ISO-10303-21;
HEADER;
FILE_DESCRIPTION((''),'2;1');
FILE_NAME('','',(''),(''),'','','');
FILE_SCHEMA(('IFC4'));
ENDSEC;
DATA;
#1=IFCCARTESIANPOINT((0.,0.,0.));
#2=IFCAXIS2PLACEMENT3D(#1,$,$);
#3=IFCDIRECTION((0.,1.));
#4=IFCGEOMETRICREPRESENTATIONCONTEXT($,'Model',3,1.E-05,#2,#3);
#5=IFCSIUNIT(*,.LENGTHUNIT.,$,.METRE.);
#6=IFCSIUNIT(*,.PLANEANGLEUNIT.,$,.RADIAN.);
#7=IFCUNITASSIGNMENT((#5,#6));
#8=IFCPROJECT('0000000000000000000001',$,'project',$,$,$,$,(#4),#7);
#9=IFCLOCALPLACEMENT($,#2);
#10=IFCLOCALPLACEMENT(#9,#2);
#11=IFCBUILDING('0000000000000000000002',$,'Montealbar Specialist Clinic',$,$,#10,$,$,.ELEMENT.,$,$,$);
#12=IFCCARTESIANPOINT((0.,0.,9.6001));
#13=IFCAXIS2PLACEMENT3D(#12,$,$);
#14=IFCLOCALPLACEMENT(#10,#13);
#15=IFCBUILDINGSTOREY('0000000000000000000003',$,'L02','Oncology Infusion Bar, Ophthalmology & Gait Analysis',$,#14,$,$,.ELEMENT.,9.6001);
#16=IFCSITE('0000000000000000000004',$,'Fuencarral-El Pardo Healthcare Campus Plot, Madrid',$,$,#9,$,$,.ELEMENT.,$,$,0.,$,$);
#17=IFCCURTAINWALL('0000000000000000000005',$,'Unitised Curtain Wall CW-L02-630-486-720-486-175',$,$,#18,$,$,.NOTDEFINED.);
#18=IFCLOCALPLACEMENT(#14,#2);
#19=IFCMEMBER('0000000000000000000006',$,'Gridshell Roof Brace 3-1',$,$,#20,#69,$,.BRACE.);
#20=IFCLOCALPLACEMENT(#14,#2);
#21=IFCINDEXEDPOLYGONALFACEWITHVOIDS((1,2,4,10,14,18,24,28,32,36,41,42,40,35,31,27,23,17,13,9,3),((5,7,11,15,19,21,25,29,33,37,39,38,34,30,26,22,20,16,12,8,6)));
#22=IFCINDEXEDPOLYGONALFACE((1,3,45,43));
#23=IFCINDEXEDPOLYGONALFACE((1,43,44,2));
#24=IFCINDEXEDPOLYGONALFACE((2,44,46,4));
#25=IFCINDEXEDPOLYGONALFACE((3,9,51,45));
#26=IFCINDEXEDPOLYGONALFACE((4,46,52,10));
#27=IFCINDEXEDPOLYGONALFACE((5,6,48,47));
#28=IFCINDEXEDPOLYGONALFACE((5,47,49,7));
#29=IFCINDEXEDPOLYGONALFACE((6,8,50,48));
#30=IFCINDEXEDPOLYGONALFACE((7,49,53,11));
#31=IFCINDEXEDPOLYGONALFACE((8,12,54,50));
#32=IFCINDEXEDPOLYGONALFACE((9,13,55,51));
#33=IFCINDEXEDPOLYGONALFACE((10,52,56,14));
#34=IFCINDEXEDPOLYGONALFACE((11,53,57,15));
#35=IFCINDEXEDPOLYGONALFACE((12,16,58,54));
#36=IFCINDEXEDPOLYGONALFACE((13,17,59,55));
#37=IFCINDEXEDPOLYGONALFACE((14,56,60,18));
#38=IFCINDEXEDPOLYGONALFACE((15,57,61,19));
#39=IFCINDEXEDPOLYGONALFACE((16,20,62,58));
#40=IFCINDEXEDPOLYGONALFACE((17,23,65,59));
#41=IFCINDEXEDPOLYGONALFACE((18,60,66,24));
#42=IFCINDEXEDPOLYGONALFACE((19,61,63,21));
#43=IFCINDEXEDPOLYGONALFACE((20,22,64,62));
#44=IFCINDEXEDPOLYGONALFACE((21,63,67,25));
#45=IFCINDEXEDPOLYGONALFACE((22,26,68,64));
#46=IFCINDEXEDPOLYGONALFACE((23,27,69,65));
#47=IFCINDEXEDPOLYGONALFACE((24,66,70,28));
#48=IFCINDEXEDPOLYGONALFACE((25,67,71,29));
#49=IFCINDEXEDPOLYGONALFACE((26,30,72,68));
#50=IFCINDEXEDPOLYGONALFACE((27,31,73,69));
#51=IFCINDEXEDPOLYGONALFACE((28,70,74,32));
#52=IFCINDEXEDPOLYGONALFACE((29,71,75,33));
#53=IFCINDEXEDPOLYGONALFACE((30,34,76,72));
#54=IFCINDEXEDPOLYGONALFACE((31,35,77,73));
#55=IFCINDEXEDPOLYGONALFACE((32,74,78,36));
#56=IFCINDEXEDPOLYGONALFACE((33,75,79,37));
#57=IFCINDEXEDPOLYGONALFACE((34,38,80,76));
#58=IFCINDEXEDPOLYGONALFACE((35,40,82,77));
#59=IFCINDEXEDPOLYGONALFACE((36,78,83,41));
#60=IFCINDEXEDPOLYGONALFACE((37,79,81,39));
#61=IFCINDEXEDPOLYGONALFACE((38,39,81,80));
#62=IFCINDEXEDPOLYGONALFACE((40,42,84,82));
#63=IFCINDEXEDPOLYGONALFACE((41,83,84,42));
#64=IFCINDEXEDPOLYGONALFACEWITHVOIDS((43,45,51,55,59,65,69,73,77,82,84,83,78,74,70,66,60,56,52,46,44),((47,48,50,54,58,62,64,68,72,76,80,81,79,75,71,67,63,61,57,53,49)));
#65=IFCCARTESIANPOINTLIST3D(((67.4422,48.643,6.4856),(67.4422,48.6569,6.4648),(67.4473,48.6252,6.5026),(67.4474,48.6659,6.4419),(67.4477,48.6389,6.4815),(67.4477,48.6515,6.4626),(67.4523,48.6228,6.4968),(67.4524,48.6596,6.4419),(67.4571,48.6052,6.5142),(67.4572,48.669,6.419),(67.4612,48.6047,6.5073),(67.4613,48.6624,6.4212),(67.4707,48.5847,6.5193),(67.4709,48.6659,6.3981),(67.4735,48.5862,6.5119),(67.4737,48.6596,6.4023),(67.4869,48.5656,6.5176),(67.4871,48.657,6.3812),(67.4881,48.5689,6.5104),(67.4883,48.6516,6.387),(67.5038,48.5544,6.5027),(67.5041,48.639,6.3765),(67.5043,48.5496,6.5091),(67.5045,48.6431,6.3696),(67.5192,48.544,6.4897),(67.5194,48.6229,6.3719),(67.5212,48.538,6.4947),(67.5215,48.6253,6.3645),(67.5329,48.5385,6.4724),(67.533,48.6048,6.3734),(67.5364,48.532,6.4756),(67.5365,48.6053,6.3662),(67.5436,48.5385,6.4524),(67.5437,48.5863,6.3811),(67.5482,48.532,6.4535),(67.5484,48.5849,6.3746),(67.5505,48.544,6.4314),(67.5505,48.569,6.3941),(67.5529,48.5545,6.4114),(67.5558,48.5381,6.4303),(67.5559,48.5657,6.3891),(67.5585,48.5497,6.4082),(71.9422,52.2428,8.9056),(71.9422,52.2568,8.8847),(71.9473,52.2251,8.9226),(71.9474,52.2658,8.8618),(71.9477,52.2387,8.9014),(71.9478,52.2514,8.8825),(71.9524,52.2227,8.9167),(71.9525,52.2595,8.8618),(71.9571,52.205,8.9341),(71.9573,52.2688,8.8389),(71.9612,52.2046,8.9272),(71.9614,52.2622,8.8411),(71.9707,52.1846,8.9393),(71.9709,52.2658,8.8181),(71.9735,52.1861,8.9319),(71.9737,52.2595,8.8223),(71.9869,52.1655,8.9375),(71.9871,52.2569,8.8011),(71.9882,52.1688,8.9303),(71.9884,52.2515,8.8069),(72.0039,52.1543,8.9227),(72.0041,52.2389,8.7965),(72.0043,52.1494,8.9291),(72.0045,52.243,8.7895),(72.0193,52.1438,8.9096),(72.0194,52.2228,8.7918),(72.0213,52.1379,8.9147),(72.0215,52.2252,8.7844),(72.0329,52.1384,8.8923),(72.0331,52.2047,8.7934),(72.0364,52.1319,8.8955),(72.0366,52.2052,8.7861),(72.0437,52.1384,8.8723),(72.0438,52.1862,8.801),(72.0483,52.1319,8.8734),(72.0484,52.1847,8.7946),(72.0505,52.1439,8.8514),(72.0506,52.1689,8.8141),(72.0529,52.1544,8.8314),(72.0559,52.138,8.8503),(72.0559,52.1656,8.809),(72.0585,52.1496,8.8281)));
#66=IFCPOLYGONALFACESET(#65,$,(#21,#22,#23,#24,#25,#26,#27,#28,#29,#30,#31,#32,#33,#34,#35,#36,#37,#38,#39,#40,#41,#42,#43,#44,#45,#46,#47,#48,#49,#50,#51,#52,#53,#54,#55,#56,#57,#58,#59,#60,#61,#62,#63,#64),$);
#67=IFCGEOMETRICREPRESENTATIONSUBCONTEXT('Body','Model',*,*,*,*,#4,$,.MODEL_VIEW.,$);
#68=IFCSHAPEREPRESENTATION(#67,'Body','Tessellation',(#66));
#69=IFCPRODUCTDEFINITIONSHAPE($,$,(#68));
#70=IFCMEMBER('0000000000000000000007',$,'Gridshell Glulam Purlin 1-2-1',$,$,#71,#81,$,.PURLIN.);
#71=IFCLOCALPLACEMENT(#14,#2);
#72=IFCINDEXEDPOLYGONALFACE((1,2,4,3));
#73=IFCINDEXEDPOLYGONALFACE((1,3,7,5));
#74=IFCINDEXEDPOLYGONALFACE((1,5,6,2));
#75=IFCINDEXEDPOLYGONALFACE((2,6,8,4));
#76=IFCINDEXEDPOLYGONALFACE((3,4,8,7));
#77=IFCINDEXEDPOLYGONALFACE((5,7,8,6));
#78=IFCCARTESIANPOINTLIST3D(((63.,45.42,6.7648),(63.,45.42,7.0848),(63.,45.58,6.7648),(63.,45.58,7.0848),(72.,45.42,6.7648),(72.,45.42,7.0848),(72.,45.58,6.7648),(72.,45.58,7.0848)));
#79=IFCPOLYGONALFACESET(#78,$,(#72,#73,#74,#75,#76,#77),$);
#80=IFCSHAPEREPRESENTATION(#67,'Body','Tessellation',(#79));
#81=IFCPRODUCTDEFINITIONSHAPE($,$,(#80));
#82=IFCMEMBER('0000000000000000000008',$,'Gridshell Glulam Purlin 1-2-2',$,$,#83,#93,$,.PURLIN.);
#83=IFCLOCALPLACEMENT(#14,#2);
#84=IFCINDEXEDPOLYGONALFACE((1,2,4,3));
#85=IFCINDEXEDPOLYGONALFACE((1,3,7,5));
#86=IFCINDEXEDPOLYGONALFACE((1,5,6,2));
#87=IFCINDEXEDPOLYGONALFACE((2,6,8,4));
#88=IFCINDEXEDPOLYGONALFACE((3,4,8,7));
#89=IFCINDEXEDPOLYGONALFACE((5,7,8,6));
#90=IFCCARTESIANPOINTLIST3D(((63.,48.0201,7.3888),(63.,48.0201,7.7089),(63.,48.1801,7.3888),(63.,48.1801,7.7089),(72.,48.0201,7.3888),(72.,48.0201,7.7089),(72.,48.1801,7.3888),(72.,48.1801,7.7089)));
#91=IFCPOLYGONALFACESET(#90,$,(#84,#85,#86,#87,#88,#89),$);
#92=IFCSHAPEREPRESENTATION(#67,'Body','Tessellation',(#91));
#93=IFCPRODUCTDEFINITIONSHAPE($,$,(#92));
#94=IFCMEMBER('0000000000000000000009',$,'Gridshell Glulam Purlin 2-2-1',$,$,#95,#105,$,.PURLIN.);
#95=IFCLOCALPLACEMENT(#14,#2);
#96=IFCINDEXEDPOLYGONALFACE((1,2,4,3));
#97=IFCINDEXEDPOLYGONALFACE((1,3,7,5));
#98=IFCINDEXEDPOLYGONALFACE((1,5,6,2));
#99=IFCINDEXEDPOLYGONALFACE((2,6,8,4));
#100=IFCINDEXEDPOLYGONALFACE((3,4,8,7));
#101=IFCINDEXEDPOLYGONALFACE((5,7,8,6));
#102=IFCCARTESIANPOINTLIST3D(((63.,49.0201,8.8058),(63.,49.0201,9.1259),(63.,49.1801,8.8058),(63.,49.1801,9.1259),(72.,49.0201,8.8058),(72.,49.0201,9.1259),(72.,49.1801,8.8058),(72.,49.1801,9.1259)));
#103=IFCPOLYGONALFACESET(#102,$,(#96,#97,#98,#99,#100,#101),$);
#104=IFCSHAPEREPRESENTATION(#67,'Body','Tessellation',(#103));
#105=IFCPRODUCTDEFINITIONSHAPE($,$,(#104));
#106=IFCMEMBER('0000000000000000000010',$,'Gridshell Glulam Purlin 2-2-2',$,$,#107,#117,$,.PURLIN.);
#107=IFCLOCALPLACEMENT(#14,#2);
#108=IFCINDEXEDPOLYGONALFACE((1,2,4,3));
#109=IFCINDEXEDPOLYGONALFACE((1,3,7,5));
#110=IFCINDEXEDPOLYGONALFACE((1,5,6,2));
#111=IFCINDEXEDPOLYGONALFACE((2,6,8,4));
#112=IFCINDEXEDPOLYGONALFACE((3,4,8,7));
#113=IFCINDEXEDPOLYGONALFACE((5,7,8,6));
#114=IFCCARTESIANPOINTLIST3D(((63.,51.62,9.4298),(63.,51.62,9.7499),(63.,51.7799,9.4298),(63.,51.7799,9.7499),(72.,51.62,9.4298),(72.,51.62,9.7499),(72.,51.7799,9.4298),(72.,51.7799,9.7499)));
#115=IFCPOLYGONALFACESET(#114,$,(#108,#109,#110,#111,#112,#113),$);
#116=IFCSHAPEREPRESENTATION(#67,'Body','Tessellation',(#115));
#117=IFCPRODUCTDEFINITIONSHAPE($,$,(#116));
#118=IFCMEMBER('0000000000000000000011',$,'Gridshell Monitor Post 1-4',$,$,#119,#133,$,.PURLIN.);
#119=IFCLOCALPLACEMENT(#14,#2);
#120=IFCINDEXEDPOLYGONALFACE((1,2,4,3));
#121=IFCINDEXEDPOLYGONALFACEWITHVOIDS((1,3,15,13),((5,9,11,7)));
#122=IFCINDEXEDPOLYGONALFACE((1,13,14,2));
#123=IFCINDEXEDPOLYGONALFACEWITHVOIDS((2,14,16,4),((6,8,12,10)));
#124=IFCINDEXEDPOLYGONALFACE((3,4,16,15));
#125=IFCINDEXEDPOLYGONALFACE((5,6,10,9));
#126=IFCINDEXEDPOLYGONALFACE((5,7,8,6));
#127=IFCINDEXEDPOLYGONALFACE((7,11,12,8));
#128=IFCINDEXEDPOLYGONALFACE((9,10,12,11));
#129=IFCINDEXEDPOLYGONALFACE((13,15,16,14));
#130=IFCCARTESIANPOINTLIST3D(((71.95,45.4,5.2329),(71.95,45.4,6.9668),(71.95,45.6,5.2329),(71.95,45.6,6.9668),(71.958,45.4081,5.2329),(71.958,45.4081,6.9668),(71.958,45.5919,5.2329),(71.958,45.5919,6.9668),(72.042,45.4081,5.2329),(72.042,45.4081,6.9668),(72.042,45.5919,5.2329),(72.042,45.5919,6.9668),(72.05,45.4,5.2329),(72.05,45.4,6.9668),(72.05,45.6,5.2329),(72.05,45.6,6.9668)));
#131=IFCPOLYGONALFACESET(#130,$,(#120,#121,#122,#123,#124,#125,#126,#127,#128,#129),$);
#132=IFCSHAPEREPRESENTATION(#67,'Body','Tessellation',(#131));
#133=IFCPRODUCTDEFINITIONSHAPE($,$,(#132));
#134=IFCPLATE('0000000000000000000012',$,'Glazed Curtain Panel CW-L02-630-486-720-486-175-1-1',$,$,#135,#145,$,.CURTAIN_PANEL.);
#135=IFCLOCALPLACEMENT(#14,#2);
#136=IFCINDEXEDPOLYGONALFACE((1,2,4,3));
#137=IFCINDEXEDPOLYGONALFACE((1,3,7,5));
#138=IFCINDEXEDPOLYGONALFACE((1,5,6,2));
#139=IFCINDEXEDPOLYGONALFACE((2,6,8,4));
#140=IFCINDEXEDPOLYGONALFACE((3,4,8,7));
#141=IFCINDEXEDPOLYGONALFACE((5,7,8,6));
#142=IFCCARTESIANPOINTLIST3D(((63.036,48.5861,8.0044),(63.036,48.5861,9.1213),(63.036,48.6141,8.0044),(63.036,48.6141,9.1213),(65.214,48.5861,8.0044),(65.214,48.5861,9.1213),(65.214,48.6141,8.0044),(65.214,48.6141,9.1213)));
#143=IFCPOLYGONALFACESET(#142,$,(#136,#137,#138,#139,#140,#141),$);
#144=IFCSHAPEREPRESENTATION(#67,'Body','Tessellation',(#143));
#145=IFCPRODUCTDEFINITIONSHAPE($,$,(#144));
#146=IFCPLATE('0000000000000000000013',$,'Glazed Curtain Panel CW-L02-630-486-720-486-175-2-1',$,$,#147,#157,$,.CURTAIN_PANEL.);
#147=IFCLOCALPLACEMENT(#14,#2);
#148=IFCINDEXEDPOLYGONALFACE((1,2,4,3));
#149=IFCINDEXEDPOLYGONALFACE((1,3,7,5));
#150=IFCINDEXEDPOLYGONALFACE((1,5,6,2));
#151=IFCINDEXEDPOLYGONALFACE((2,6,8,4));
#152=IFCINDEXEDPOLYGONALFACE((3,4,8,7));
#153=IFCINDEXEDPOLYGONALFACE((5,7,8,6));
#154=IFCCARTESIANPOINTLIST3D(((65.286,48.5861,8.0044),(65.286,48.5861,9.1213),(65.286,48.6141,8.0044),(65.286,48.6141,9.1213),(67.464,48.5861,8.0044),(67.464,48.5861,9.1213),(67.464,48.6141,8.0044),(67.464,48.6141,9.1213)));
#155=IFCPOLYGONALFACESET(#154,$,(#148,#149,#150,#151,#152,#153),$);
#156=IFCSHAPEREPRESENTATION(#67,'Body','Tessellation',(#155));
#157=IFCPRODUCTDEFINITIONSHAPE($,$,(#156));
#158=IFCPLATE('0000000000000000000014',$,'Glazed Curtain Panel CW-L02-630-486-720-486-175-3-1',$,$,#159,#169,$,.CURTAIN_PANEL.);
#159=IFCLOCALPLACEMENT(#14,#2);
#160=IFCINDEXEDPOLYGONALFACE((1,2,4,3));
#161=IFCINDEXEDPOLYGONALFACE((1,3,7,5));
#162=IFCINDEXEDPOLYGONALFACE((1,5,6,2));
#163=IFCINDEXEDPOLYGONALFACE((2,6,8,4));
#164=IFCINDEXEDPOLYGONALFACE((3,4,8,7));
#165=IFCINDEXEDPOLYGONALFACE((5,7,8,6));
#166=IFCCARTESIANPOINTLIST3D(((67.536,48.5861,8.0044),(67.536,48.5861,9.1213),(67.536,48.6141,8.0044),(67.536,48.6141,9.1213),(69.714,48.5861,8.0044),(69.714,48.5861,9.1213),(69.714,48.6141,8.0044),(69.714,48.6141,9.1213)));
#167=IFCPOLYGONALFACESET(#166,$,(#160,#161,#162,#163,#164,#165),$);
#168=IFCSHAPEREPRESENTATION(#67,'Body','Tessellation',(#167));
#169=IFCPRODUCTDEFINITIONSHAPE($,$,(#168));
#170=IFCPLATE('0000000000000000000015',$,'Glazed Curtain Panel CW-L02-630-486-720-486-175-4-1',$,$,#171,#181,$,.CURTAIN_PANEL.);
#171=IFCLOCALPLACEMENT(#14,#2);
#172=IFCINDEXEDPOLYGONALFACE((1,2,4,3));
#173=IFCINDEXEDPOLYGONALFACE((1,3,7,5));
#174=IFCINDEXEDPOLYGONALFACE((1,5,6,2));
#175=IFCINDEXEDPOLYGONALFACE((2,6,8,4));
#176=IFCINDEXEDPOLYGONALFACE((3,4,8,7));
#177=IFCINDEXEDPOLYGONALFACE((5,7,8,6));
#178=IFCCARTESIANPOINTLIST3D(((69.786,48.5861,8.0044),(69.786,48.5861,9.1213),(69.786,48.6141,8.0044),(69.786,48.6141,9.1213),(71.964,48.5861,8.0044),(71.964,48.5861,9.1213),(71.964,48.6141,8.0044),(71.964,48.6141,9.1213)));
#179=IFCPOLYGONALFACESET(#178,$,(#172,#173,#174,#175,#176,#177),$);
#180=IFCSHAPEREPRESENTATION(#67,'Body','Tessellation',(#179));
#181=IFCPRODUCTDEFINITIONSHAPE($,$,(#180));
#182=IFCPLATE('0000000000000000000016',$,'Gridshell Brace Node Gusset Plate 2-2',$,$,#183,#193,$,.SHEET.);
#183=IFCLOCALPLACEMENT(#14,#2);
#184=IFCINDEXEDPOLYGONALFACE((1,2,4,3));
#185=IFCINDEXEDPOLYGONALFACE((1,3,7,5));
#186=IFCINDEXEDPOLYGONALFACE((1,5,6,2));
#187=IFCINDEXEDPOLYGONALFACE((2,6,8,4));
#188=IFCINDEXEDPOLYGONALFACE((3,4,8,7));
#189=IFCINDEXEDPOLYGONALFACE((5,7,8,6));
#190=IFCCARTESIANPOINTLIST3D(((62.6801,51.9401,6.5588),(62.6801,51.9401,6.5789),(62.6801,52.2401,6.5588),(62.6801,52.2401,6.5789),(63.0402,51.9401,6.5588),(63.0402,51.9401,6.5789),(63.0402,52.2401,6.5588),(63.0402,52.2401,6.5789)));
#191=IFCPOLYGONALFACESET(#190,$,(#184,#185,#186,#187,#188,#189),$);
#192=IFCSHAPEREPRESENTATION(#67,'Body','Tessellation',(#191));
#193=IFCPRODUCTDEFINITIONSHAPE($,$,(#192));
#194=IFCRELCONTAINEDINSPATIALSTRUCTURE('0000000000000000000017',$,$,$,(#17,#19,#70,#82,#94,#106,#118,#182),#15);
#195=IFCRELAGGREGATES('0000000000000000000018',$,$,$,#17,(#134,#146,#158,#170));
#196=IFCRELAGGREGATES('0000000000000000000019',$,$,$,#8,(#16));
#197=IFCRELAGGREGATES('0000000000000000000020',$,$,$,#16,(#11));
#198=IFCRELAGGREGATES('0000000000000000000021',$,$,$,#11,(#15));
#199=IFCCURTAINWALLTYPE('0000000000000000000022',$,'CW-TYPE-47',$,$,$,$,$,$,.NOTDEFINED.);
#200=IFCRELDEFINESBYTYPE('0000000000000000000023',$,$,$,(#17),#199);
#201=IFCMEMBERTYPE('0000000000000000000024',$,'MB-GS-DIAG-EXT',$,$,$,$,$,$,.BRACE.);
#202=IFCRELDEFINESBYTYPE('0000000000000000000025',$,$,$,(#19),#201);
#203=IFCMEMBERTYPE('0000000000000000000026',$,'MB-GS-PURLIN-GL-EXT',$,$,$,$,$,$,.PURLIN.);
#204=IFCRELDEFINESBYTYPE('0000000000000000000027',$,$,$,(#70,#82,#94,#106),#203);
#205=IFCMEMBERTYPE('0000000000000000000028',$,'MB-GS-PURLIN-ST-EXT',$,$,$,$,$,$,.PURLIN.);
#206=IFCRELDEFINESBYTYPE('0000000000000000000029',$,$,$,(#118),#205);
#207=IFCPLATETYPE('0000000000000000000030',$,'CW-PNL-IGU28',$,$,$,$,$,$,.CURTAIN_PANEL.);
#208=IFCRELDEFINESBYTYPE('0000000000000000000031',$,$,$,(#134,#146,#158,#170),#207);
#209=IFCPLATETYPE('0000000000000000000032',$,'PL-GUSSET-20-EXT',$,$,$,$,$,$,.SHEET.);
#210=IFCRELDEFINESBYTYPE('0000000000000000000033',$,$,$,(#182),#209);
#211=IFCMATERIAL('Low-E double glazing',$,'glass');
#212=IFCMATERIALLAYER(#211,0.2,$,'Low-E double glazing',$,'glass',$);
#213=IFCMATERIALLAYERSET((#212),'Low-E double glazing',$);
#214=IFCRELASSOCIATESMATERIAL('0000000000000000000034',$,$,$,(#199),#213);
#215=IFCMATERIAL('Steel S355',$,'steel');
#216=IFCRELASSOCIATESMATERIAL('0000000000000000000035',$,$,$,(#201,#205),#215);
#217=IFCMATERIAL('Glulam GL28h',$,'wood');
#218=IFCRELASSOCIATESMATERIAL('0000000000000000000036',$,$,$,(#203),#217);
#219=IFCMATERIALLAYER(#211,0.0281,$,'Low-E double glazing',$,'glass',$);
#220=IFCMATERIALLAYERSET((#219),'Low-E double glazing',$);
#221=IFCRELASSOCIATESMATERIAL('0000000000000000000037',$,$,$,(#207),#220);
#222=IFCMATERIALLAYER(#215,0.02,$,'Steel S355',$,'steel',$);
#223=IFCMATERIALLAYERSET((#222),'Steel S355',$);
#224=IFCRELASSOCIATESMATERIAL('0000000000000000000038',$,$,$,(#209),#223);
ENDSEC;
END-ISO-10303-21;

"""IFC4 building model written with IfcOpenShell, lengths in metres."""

from ifc_helpers import new_model, si_unit, direction, frame, origin, origin_2d, place, context, subcontext, project, spatial, rectangle, hollow_rectangle, hollow_circle, extrude, material, layer, layer_set, material_profile, profile_set, type_object, element, aggregate, save


model = new_model("IFC4")

# Units and contexts
model_context = context("Model", 3, precision=1e-05, world=origin(), true_north=direction((0.0, 1.0)))
body_context = subcontext(model_context, "Body", "Model", "MODEL_VIEW")
ifc_project = project(units=[si_unit("LENGTHUNIT", "METRE"), si_unit("PLANEANGLEUNIT", "RADIAN")], contexts=[model_context])

# Site, building, storey
site_placement = place(None, origin())
site = spatial("IfcSite", under=ifc_project, at=site_placement, Name="Fuencarral-El Pardo Healthcare Campus Plot, Madrid", CompositionType="ELEMENT", RefElevation=0.0)
building_placement = place(site_placement, origin())
building = spatial("IfcBuilding", under=site, at=building_placement, Name="Montealbar Specialist Clinic", CompositionType="ELEMENT")
storey_placement = place(building_placement, frame((0.0, 0.0, 9.6001)))
storey = spatial("IfcBuildingStorey", under=building, at=storey_placement, Name="L02", Description="Oncology Infusion Bar, Ophthalmology & Gait Analysis", CompositionType="ELEMENT", Elevation=9.6001)

# Shared definitions
ifc_material_1 = material(Name="Steel S355", Category="steel")
ifc_material_2 = material(Name="Glulam GL28h", Category="wood")

# Shared definitions
ifc_material_3 = material(Name="Low-E double glazing", Category="glass")
ifc_layer_1 = layer(ifc_material_3, 0.2, Name="Low-E double glazing", Category="glass")
ifc_layer_set_1 = layer_set([ifc_layer_1], Name="Low-E double glazing")
curtain_wall_type = type_object("IfcCurtainWallType", Name="CW-TYPE-47", PredefinedType="NOTDEFINED", material=ifc_layer_set_1)

# Curtain wall
curtain_wall_1_placement = place(storey_placement, origin())
curtain_wall_1 = element("IfcCurtainWall", 1, at=curtain_wall_1_placement, inside=storey, type_object=curtain_wall_type, Name="Unitised Curtain Wall CW-L02-630-486-720-486-175", PredefinedType="NOTDEFINED")

# Members
ifc_material_profile_1 = material_profile(ifc_material_1, hollow_circle(Radius=0.0842, WallThickness=0.0081, at=origin_2d()), Name="CHS 168.3x8.0", Category="steel")
ifc_profile_set_1 = profile_set([ifc_material_profile_1], Name="Steel S355")
member_type_1 = type_object("IfcMemberType", Name="MB-GS-DIAG-EXT", PredefinedType="BRACE", material=ifc_profile_set_1)
member_1_placement = place(storey_placement, frame((67.5, 48.6001, 6.4419), z_axis=(0.719977, 0.575958, 0.387175), x_axis=(-0.62468, 0.780881, 0.0)))
element("IfcMember", 2, at=member_1_placement, inside=storey, type_object=member_type_1, Name="Gridshell Roof Brace 3-1", PredefinedType="BRACE", context=body_context, shape_type="SweptSolid", body=[
    extrude(hollow_circle(Radius=0.0842, WallThickness=0.0081, at=origin_2d()), origin(), (0.0, 0.0, 1.0), 6.2502),
])
ifc_material_profile_2 = material_profile(ifc_material_2, rectangle(XDim=0.1599, YDim=0.3201, at=origin_2d()), Name="GL28h 160x320", Category="wood")
ifc_profile_set_2 = profile_set([ifc_material_profile_2], Name="Glulam GL28h")
member_type_2 = type_object("IfcMemberType", Name="MB-GS-PURLIN-GL-EXT", PredefinedType="PURLIN", material=ifc_profile_set_2)
for number, where, z_axis, x_axis, name in (
    (3, (63.0, 45.5, 6.9248), (1.0, 0.0, 0.0), (0.0, 1.0, 0.0), "Gridshell Glulam Purlin 1-2-1"),
    (4, (63.0, 48.1001, 7.5488), (1.0, 0.0, 0.0), (0.0, 1.0, 0.0), "Gridshell Glulam Purlin 1-2-2"),
    (5, (63.0, 49.1001, 8.9658), (1.0, 0.0, 0.0), (0.0, 1.0, 0.0), "Gridshell Glulam Purlin 2-2-1"),
    (6, (63.0, 51.7, 9.5898), (1.0, 0.0, 0.0), (0.0, 1.0, 0.0), "Gridshell Glulam Purlin 2-2-2"),
):
    element("IfcMember", number, at=place(storey_placement, frame(where, z_axis=z_axis, x_axis=x_axis)), inside=storey, type_object=member_type_2, Name=name, PredefinedType="PURLIN", context=body_context, shape_type="SweptSolid", body=[
        extrude(rectangle(XDim=0.1599, YDim=0.3201, at=origin_2d()), origin(), (0.0, 0.0, 1.0), 9.0),
    ])
ifc_material_profile_3 = material_profile(ifc_material_1, hollow_rectangle(XDim=0.1001, YDim=0.2, WallThickness=0.0081, at=origin_2d()), Name="RHS 200x100x8", Category="steel")
ifc_profile_set_3 = profile_set([ifc_material_profile_3], Name="Steel S355")
member_type_3 = type_object("IfcMemberType", Name="MB-GS-PURLIN-ST-EXT", PredefinedType="PURLIN", material=ifc_profile_set_3)
member_2_placement = place(storey_placement, frame((72.0, 45.5, 5.2329), z_axis=(0.0, 0.0, 1.0), x_axis=(1.0, 0.0, 0.0)))
element("IfcMember", 7, at=member_2_placement, inside=storey, type_object=member_type_3, Name="Gridshell Monitor Post 1-4", PredefinedType="PURLIN", context=body_context, shape_type="SweptSolid", body=[
    extrude(hollow_rectangle(XDim=0.1001, YDim=0.2, WallThickness=0.0081, at=origin_2d()), origin(), (0.0, 0.0, 1.0), 1.7339),
])

# Plates
ifc_layer_2 = layer(ifc_material_3, 0.0281, Name="Low-E double glazing", Category="glass")
ifc_layer_set_2 = layer_set([ifc_layer_2], Name="Low-E double glazing")
plate_type_1 = type_object("IfcPlateType", Name="CW-PNL-IGU28", PredefinedType="CURTAIN_PANEL", material=ifc_layer_set_2)
plate_1_placement = place(storey_placement, frame((64.125, 48.6001, 8.0044), z_axis=(0.0, 0.0, 1.0), x_axis=(1.0, 0.0, 0.0)))
plate_1 = element("IfcPlate", 8, at=plate_1_placement, type_object=plate_type_1, Name="Glazed Curtain Panel CW-L02-630-486-720-486-175-1-1", PredefinedType="CURTAIN_PANEL", context=body_context, shape_type="SweptSolid", body=[
    extrude(rectangle(XDim=2.178, YDim=0.0281, at=origin_2d()), origin(), (0.0, 0.0, 1.0), 1.1169),
])
plate_2_placement = place(storey_placement, frame((66.375, 48.6001, 8.0044), z_axis=(0.0, 0.0, 1.0), x_axis=(1.0, 0.0, 0.0)))
plate_2 = element("IfcPlate", 9, at=plate_2_placement, type_object=plate_type_1, Name="Glazed Curtain Panel CW-L02-630-486-720-486-175-2-1", PredefinedType="CURTAIN_PANEL", context=body_context, shape_type="SweptSolid", body=[
    extrude(rectangle(XDim=2.178, YDim=0.0281, at=origin_2d()), origin(), (0.0, 0.0, 1.0), 1.1169),
])
plate_3_placement = place(storey_placement, frame((68.625, 48.6001, 8.0044), z_axis=(0.0, 0.0, 1.0), x_axis=(1.0, 0.0, 0.0)))
plate_3 = element("IfcPlate", 10, at=plate_3_placement, type_object=plate_type_1, Name="Glazed Curtain Panel CW-L02-630-486-720-486-175-3-1", PredefinedType="CURTAIN_PANEL", context=body_context, shape_type="SweptSolid", body=[
    extrude(rectangle(XDim=2.178, YDim=0.0281, at=origin_2d()), origin(), (0.0, 0.0, 1.0), 1.1169),
])
plate_4_placement = place(storey_placement, frame((70.875, 48.6001, 8.0044), z_axis=(0.0, 0.0, 1.0), x_axis=(1.0, 0.0, 0.0)))
plate_4 = element("IfcPlate", 11, at=plate_4_placement, type_object=plate_type_1, Name="Glazed Curtain Panel CW-L02-630-486-720-486-175-4-1", PredefinedType="CURTAIN_PANEL", context=body_context, shape_type="SweptSolid", body=[
    extrude(rectangle(XDim=2.178, YDim=0.0281, at=origin_2d()), origin(), (0.0, 0.0, 1.0), 1.1169),
])
aggregate(curtain_wall_1, [plate_1, plate_2, plate_3, plate_4])

# Plate
ifc_layer_3 = layer(ifc_material_1, 0.02, Name="Steel S355", Category="steel")
ifc_layer_set_3 = layer_set([ifc_layer_3], Name="Steel S355")
plate_type_2 = type_object("IfcPlateType", Name="PL-GUSSET-20-EXT", PredefinedType="SHEET", material=ifc_layer_set_3)
for number, where, z_axis, x_axis, name in (
    (12, (62.8601, 52.0901, 6.5588), (0.0, 0.0, 1.0), (1.0, 0.0, 0.0), "Gridshell Brace Node Gusset Plate 2-2"),
):
    element("IfcPlate", number, at=place(storey_placement, frame(where, z_axis=z_axis, x_axis=x_axis)), inside=storey, type_object=plate_type_2, Name=name, PredefinedType="SHEET", context=body_context, shape_type="SweptSolid", body=[
        extrude(rectangle(XDim=0.3601, YDim=0.3, at=origin_2d()), origin(), (0.0, 0.0, 1.0), 0.02),
    ])

save(model, "model.ifc")
